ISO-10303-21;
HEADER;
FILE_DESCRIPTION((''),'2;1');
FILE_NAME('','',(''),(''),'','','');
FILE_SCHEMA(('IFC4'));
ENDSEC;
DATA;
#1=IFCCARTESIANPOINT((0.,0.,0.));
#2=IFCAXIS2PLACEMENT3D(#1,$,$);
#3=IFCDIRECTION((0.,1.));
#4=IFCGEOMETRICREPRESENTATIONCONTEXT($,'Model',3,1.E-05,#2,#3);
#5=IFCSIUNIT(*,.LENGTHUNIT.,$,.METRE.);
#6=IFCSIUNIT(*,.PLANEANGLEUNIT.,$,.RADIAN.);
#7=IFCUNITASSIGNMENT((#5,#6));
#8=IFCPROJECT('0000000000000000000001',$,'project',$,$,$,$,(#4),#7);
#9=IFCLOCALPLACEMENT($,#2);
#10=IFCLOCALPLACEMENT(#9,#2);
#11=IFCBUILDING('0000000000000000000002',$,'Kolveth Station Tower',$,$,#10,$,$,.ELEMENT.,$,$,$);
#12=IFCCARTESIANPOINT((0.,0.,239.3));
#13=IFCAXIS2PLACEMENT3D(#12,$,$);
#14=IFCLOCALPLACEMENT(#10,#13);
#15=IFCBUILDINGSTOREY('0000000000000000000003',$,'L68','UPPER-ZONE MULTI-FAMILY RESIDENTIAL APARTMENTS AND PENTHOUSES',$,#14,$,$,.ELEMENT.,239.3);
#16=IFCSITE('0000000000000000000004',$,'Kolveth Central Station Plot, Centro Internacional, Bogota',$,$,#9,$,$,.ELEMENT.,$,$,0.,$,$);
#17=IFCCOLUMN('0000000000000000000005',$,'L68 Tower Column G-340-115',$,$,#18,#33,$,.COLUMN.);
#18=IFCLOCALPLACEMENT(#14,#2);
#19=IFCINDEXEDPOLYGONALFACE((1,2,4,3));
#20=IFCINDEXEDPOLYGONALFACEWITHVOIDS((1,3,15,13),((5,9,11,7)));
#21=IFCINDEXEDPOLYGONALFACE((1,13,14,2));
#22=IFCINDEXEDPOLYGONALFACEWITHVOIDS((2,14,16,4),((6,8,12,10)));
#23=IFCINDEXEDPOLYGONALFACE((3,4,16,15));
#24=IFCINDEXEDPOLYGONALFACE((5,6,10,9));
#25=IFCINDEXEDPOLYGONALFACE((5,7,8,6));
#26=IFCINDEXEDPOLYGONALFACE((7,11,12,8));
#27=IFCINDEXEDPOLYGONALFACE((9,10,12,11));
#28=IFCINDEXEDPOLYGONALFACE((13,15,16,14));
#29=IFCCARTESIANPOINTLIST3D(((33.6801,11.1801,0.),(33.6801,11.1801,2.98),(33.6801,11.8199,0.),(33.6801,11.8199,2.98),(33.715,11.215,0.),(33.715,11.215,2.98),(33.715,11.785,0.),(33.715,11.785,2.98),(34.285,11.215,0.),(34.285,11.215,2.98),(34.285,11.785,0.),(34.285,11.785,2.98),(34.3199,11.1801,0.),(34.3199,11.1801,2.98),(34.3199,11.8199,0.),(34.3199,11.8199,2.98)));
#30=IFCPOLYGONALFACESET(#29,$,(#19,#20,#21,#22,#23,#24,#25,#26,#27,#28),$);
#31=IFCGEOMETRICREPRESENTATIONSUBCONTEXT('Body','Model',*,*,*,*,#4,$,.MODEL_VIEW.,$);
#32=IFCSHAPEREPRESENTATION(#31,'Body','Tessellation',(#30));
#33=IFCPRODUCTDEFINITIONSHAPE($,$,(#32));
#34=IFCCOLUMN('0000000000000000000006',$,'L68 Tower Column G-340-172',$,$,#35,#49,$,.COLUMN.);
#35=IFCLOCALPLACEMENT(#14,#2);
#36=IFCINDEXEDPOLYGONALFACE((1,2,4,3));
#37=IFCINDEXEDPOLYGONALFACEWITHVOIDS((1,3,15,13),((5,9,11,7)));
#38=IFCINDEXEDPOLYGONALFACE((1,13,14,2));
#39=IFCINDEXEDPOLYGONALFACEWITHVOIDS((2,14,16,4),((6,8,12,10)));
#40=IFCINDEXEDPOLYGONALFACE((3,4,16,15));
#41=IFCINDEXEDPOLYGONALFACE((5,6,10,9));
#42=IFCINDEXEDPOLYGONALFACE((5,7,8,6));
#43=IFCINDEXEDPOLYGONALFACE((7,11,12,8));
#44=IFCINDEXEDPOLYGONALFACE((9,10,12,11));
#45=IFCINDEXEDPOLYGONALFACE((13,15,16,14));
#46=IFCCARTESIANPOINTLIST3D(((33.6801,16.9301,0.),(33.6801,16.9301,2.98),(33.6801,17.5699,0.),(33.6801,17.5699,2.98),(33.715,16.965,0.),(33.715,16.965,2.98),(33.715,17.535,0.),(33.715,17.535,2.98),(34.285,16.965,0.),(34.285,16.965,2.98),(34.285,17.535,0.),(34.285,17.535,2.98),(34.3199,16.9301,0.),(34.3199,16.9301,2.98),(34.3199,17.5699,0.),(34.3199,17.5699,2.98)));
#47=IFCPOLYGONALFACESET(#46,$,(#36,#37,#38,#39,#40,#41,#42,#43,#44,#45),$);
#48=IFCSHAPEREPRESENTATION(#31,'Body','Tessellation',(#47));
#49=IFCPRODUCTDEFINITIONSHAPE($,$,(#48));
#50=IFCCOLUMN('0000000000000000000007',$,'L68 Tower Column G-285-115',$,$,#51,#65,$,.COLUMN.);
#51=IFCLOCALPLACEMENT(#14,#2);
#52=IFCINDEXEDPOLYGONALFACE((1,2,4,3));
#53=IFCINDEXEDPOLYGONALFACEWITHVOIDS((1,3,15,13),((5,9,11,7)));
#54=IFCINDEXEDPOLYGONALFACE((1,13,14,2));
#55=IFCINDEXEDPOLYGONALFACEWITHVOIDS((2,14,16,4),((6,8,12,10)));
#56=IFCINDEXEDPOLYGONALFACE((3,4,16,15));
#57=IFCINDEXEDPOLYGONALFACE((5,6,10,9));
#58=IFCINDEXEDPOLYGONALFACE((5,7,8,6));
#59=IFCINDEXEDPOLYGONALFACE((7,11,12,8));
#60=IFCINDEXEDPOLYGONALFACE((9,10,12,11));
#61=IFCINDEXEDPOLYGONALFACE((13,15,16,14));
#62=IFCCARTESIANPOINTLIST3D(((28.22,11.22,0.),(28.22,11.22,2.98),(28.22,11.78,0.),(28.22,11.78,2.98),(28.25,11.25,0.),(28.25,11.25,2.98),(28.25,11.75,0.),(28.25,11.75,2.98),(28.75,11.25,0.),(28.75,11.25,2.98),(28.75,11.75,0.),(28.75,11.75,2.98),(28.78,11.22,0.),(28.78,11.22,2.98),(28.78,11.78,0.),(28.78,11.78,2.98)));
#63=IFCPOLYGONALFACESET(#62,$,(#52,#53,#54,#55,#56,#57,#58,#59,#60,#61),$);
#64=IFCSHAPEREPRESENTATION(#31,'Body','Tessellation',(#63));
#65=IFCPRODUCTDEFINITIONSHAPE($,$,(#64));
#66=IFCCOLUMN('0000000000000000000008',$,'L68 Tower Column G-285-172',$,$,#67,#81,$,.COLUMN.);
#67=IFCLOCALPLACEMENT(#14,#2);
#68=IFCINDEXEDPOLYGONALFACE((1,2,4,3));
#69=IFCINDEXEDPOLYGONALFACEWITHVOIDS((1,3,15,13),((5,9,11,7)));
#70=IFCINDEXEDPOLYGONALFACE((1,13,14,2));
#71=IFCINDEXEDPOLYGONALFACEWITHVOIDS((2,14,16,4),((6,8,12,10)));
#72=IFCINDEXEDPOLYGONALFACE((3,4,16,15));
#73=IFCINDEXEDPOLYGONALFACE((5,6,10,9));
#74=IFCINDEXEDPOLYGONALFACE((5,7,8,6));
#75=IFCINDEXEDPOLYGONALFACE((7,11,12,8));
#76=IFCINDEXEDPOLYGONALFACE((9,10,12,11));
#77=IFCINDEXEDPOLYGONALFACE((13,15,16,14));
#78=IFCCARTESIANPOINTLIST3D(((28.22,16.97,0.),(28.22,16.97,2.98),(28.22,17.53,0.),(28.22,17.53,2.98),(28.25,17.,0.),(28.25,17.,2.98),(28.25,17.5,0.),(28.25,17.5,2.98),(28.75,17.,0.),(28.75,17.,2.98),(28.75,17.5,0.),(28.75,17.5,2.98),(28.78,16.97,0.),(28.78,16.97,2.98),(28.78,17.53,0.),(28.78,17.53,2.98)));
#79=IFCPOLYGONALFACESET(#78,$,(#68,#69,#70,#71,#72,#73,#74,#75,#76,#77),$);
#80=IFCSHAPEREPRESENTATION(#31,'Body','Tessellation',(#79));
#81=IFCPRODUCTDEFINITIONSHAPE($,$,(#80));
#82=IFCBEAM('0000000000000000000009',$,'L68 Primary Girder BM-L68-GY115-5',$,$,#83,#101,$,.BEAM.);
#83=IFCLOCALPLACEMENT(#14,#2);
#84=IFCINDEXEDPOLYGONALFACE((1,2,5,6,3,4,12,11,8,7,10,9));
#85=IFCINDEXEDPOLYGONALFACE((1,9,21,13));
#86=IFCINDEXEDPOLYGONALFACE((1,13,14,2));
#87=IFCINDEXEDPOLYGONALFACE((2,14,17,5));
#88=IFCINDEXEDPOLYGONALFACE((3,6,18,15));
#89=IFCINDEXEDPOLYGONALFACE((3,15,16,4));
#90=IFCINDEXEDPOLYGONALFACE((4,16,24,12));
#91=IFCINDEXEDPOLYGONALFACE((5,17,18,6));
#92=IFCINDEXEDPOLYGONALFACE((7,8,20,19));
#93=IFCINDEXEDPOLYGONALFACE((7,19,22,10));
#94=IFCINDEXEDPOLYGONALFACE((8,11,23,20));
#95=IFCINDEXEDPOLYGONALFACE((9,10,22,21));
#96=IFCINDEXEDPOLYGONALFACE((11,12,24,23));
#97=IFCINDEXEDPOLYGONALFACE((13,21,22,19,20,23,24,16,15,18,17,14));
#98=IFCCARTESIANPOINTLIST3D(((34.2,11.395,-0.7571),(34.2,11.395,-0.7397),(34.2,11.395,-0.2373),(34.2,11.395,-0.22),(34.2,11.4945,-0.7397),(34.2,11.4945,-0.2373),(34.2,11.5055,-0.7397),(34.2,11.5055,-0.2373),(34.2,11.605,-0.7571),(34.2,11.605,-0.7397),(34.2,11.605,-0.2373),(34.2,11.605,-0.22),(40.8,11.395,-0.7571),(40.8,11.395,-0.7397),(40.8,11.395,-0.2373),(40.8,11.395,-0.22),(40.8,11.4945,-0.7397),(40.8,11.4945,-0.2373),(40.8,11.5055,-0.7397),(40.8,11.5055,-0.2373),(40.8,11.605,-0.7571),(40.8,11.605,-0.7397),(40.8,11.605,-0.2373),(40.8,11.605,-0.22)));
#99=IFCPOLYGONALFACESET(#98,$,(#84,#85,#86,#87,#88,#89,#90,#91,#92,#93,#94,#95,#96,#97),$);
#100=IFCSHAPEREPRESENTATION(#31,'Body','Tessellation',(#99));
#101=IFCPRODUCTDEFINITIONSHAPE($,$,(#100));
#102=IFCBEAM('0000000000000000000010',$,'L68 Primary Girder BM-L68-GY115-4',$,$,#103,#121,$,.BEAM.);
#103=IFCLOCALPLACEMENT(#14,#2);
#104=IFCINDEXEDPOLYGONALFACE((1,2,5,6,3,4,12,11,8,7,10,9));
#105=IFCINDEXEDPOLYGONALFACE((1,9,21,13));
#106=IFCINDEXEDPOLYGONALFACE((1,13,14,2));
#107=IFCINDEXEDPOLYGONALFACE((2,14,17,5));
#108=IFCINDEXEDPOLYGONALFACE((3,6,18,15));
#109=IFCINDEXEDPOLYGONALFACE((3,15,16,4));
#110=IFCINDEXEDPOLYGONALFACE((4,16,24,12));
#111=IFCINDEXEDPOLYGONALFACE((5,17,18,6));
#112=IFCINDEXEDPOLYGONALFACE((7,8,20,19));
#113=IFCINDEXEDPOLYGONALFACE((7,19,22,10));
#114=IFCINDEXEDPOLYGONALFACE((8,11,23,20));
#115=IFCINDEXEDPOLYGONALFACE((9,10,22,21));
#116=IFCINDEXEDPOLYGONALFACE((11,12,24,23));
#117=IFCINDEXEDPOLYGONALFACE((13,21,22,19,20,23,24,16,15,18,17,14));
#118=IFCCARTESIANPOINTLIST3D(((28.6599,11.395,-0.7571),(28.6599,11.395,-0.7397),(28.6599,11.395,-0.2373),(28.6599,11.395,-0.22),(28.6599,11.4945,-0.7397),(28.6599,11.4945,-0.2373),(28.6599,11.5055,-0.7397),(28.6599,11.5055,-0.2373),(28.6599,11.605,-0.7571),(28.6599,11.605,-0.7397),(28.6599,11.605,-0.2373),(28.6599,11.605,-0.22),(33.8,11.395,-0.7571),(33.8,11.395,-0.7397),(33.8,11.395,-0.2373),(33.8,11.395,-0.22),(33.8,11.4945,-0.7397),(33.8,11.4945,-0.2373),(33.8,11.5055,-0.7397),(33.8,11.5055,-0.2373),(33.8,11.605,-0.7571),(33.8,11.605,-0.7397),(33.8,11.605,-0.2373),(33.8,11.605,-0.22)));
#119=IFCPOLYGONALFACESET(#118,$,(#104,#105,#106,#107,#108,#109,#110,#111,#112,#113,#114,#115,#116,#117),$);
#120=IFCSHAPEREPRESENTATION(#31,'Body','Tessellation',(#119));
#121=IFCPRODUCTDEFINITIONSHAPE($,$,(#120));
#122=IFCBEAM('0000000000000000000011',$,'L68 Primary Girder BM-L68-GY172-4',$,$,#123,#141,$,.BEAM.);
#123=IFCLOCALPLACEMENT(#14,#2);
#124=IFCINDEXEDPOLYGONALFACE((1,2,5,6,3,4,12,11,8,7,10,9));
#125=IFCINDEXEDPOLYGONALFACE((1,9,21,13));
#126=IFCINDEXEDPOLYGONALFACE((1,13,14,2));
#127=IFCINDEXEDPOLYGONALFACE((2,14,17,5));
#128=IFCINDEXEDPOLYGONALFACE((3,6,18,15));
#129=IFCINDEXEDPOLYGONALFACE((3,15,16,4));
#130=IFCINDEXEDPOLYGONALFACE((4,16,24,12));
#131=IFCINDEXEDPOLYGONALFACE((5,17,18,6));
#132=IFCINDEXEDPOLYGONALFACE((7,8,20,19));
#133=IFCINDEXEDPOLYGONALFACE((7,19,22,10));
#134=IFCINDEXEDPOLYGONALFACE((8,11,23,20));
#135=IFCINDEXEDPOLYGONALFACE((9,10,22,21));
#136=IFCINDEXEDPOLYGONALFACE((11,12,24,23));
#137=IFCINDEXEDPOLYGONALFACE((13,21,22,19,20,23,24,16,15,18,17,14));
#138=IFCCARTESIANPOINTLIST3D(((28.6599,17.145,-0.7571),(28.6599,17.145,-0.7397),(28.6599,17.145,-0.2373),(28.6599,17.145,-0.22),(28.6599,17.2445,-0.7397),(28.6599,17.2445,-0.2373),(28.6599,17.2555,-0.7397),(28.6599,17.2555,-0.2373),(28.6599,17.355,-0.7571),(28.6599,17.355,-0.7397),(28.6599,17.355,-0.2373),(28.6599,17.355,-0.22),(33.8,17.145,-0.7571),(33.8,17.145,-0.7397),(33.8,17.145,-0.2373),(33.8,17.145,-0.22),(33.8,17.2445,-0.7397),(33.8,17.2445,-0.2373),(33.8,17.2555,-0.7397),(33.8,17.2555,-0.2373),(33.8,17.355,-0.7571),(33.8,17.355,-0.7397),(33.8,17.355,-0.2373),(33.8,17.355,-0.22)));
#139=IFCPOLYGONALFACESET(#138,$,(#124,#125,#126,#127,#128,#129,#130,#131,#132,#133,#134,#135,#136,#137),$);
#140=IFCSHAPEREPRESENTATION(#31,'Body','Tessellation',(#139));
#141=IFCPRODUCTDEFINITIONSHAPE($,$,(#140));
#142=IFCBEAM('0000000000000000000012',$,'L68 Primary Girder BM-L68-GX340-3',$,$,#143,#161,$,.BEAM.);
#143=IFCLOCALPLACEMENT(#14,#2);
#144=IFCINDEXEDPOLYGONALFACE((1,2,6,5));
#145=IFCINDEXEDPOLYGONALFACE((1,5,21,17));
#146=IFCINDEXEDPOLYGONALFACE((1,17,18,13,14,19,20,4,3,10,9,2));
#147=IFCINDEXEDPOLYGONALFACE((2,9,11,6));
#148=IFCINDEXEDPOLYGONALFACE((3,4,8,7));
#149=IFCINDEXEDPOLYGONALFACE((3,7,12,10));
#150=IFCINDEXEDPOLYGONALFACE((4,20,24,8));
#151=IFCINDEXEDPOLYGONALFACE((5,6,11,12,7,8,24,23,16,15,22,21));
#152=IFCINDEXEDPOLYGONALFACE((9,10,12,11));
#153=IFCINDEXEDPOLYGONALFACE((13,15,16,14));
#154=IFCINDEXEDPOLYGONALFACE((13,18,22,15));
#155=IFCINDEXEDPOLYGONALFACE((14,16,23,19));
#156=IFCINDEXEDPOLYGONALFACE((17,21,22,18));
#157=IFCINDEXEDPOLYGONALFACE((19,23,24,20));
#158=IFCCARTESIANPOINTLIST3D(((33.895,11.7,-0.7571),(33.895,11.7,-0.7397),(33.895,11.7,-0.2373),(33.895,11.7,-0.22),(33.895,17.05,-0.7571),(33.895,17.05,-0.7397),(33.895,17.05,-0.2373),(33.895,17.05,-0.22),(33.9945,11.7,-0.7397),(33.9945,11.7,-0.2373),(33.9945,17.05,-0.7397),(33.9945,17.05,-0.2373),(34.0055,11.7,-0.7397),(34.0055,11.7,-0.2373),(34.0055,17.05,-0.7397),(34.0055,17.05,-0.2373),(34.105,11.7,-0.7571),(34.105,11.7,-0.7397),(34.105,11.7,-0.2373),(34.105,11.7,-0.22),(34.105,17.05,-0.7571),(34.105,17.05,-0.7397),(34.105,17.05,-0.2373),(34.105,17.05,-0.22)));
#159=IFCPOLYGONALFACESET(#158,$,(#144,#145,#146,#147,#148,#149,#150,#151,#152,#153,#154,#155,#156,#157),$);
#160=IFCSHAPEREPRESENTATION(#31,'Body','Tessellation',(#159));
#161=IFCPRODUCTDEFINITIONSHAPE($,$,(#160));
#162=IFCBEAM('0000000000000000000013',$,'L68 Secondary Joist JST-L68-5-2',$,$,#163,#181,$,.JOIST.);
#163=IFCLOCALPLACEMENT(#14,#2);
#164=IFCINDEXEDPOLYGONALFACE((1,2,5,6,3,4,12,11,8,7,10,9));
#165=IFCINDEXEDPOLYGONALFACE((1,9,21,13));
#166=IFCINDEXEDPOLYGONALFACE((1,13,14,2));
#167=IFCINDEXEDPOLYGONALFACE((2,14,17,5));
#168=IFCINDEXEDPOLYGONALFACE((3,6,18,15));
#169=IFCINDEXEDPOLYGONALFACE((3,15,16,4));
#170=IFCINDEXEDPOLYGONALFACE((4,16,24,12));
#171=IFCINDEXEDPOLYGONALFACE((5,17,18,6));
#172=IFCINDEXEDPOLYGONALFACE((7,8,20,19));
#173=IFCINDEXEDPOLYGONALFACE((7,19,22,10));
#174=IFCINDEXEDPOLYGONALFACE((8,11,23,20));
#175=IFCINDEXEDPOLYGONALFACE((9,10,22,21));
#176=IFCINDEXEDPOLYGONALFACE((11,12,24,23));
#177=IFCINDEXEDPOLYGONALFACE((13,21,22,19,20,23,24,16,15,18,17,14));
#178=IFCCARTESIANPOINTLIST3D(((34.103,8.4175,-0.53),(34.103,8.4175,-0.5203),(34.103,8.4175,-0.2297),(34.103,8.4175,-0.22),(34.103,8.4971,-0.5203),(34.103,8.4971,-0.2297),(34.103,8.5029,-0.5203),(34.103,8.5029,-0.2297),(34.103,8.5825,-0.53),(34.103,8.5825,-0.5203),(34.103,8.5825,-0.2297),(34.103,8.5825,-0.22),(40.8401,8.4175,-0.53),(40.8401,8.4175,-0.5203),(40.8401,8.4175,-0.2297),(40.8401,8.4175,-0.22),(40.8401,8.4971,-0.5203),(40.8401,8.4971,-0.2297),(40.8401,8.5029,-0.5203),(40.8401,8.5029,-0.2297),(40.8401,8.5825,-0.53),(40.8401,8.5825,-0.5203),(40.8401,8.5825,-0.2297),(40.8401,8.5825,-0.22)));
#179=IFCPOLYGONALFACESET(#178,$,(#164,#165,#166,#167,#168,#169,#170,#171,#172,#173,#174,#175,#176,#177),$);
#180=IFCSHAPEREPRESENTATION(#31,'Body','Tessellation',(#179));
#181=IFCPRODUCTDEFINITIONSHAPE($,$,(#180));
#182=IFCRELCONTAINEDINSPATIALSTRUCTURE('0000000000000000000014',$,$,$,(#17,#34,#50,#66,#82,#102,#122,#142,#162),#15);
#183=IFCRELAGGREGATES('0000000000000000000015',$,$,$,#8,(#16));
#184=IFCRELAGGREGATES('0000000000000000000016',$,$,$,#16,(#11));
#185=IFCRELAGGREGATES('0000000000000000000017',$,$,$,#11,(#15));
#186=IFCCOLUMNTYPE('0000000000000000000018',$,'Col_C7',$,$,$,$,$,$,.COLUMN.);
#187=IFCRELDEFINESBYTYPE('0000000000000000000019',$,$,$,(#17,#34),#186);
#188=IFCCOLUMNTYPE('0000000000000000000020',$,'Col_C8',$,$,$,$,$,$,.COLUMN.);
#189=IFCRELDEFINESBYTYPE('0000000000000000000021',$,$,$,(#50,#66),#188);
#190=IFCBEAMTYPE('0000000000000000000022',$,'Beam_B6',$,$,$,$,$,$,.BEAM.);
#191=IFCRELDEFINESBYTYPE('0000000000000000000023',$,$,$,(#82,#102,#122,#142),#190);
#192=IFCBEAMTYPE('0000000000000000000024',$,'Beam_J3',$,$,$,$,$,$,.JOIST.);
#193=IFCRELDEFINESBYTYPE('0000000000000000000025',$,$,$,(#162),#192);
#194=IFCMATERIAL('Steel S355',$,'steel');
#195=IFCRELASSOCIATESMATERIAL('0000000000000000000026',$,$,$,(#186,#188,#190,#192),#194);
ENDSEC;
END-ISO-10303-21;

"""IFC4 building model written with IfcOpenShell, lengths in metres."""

from ifc_helpers import new_model, si_unit, direction, frame, origin, origin_2d, place, context, subcontext, project, spatial, hollow_rectangle, i_section, extrude, source, transform, mapped, material, material_profile, profile_set, type_object, element, save


model = new_model("IFC4")

# Units and contexts
model_context = context("Model", 3, precision=1e-05, world=origin(), true_north=direction((0.0, 1.0)))
body_context = subcontext(model_context, "Body", "Model", "MODEL_VIEW")
ifc_project = project(units=[si_unit("LENGTHUNIT", "METRE"), si_unit("PLANEANGLEUNIT", "RADIAN")], contexts=[model_context])

# Site, building, storey
site_placement = place(None, origin())
site = spatial("IfcSite", under=ifc_project, at=site_placement, Name="Kolveth Central Station Plot, Centro Internacional, Bogota", CompositionType="ELEMENT", RefElevation=0.0)
building_placement = place(site_placement, origin())
building = spatial("IfcBuilding", under=site, at=building_placement, Name="Kolveth Station Tower", CompositionType="ELEMENT")
storey_placement = place(building_placement, frame((0.0, 0.0, 239.3)))
storey = spatial("IfcBuildingStorey", under=building, at=storey_placement, Name="L68", Description="UPPER-ZONE MULTI-FAMILY RESIDENTIAL APARTMENTS AND PENTHOUSES", CompositionType="ELEMENT", Elevation=239.3)

# Columns
ifc_material_1 = material(Name="Steel S355", Category="steel")
ifc_material_profile_1 = material_profile(ifc_material_1, hollow_rectangle(XDim=0.6399, YDim=0.6399, WallThickness=0.0349, at=origin_2d()), Name="BOX640x640x35")
ifc_profile_set_1 = profile_set([ifc_material_profile_1], Name="Steel S355")
column_type_1 = type_object("IfcColumnType", Name="Col_C7", PredefinedType="COLUMN", material=ifc_profile_set_1)
shared_shape_1 = source(origin(), body_context, "Body", "SweptSolid", [
    extrude(hollow_rectangle(XDim=0.6399, YDim=0.6399, WallThickness=0.0349, at=origin_2d()), origin(), (0.0, 0.0, 1.0), 2.98),
])
for number, where, z_axis, x_axis, name in (
    (1, (34.0, 11.5, 0.0), (0.0, 0.0, 1.0), (1.0, 0.0, 0.0), "L68 Tower Column G-340-115"),
    (2, (34.0, 17.25, 0.0), (0.0, 0.0, 1.0), (1.0, 0.0, 0.0), "L68 Tower Column G-340-172"),
):
    element("IfcColumn", number, at=place(storey_placement, frame(where, z_axis=z_axis, x_axis=x_axis)), inside=storey, type_object=column_type_1, Name=name, PredefinedType="COLUMN", context=body_context, shape_type="MappedRepresentation", body=[
        mapped(shared_shape_1, transform((0.0, 0.0, 0.0), x_axis=(1.0, 0.0, 0.0), y_axis=(0.0, 1.0, 0.0), z_axis=(0.0, 0.0, 1.0), scale=1.0)),
    ])
ifc_material_profile_2 = material_profile(ifc_material_1, hollow_rectangle(XDim=0.5601, YDim=0.5601, WallThickness=0.03, at=origin_2d()), Name="BOX560x560x30")
ifc_profile_set_2 = profile_set([ifc_material_profile_2], Name="Steel S355")
column_type_2 = type_object("IfcColumnType", Name="Col_C8", PredefinedType="COLUMN", material=ifc_profile_set_2)
shared_shape_2 = source(origin(), body_context, "Body", "SweptSolid", [
    extrude(hollow_rectangle(XDim=0.5601, YDim=0.5601, WallThickness=0.03, at=origin_2d()), origin(), (0.0, 0.0, 1.0), 2.98),
])
for number, where, z_axis, x_axis, name in (
    (3, (28.5, 11.5, 0.0), (0.0, 0.0, 1.0), (1.0, 0.0, 0.0), "L68 Tower Column G-285-115"),
    (4, (28.5, 17.25, 0.0), (0.0, 0.0, 1.0), (1.0, 0.0, 0.0), "L68 Tower Column G-285-172"),
):
    element("IfcColumn", number, at=place(storey_placement, frame(where, z_axis=z_axis, x_axis=x_axis)), inside=storey, type_object=column_type_2, Name=name, PredefinedType="COLUMN", context=body_context, shape_type="MappedRepresentation", body=[
        mapped(shared_shape_2, transform((0.0, 0.0, 0.0), x_axis=(1.0, 0.0, 0.0), y_axis=(0.0, 1.0, 0.0), z_axis=(0.0, 0.0, 1.0), scale=1.0)),
    ])

# Beams
ifc_material_profile_3 = material_profile(ifc_material_1, i_section(OverallWidth=0.21, OverallDepth=0.5371, WebThickness=0.011, FlangeThickness=0.0173, at=origin_2d()), Name="W530x101")
ifc_profile_set_3 = profile_set([ifc_material_profile_3], Name="Steel S355")
beam_type_1 = type_object("IfcBeamType", Name="Beam_B6", PredefinedType="BEAM", material=ifc_profile_set_3)
shared_shape_3 = source(origin(), body_context, "Body", "SweptSolid", [
    extrude(i_section(OverallWidth=0.21, OverallDepth=0.5371, WebThickness=0.011, FlangeThickness=0.0173, at=origin_2d()), origin(), (0.0, 0.0, 1.0), 6.6001),
])
beam_1_placement = place(storey_placement, frame((34.2, 11.5, -0.4885), z_axis=(1.0, 0.0, 0.0), x_axis=(0.0, 1.0, 0.0)))
element("IfcBeam", 5, at=beam_1_placement, inside=storey, type_object=beam_type_1, Name="L68 Primary Girder BM-L68-GY115-5", PredefinedType="BEAM", context=body_context, shape_type="MappedRepresentation", body=[
    mapped(shared_shape_3, transform((0.0, 0.0, 0.0), x_axis=(1.0, 0.0, 0.0), y_axis=(0.0, 1.0, 0.0), z_axis=(0.0, 0.0, 1.0), scale=1.0)),
])
shared_shape_4 = source(origin(), body_context, "Body", "SweptSolid", [
    extrude(i_section(OverallWidth=0.21, OverallDepth=0.5371, WebThickness=0.011, FlangeThickness=0.0173, at=origin_2d()), origin(), (0.0, 0.0, 1.0), 5.1401),
])
for number, where, z_axis, x_axis, name in (
    (6, (28.6599, 11.5, -0.4885), (1.0, 0.0, 0.0), (0.0, 1.0, 0.0), "L68 Primary Girder BM-L68-GY115-4"),
    (7, (28.6599, 17.25, -0.4885), (1.0, 0.0, 0.0), (0.0, 1.0, 0.0), "L68 Primary Girder BM-L68-GY172-4"),
):
    element("IfcBeam", number, at=place(storey_placement, frame(where, z_axis=z_axis, x_axis=x_axis)), inside=storey, type_object=beam_type_1, Name=name, PredefinedType="BEAM", context=body_context, shape_type="MappedRepresentation", body=[
        mapped(shared_shape_4, transform((0.0, 0.0, 0.0), x_axis=(1.0, 0.0, 0.0), y_axis=(0.0, 1.0, 0.0), z_axis=(0.0, 0.0, 1.0), scale=1.0)),
    ])
shared_shape_5 = source(origin(), body_context, "Body", "SweptSolid", [
    extrude(i_section(OverallWidth=0.21, OverallDepth=0.5371, WebThickness=0.011, FlangeThickness=0.0173, at=origin_2d()), origin(), (0.0, 0.0, 1.0), 5.3501),
])
beam_2_placement = place(storey_placement, frame((34.0, 11.7, -0.4885), z_axis=(0.0, 1.0, 0.0), x_axis=(-1.0, 0.0, 0.0)))
element("IfcBeam", 8, at=beam_2_placement, inside=storey, type_object=beam_type_1, Name="L68 Primary Girder BM-L68-GX340-3", PredefinedType="BEAM", context=body_context, shape_type="MappedRepresentation", body=[
    mapped(shared_shape_5, transform((0.0, 0.0, 0.0), x_axis=(1.0, 0.0, 0.0), y_axis=(0.0, 1.0, 0.0), z_axis=(0.0, 0.0, 1.0), scale=1.0)),
])
ifc_material_profile_4 = material_profile(ifc_material_1, i_section(OverallWidth=0.165, OverallDepth=0.3101, WebThickness=0.0059, FlangeThickness=0.0098, at=origin_2d()), Name="W310x39")
ifc_profile_set_4 = profile_set([ifc_material_profile_4], Name="Steel S355")
beam_type_2 = type_object("IfcBeamType", Name="Beam_J3", PredefinedType="JOIST", material=ifc_profile_set_4)
shared_shape_6 = source(origin(), body_context, "Body", "SweptSolid", [
    extrude(i_section(OverallWidth=0.165, OverallDepth=0.3101, WebThickness=0.0059, FlangeThickness=0.0098, at=origin_2d()), origin(), (0.0, 0.0, 1.0), 6.7371),
])
for number, where, z_axis, x_axis, name in (
    (9, (34.103, 8.5, -0.375), (1.0, 0.0, 0.0), (0.0, 1.0, 0.0), "L68 Secondary Joist JST-L68-5-2"),
):
    element("IfcBeam", number, at=place(storey_placement, frame(where, z_axis=z_axis, x_axis=x_axis)), inside=storey, type_object=beam_type_2, Name=name, PredefinedType="JOIST", context=body_context, shape_type="MappedRepresentation", body=[
        mapped(shared_shape_6, transform((0.0, 0.0, 0.0), x_axis=(1.0, 0.0, 0.0), y_axis=(0.0, 1.0, 0.0), z_axis=(0.0, 0.0, 1.0), scale=1.0)),
    ])

save(model, "model.ifc")
